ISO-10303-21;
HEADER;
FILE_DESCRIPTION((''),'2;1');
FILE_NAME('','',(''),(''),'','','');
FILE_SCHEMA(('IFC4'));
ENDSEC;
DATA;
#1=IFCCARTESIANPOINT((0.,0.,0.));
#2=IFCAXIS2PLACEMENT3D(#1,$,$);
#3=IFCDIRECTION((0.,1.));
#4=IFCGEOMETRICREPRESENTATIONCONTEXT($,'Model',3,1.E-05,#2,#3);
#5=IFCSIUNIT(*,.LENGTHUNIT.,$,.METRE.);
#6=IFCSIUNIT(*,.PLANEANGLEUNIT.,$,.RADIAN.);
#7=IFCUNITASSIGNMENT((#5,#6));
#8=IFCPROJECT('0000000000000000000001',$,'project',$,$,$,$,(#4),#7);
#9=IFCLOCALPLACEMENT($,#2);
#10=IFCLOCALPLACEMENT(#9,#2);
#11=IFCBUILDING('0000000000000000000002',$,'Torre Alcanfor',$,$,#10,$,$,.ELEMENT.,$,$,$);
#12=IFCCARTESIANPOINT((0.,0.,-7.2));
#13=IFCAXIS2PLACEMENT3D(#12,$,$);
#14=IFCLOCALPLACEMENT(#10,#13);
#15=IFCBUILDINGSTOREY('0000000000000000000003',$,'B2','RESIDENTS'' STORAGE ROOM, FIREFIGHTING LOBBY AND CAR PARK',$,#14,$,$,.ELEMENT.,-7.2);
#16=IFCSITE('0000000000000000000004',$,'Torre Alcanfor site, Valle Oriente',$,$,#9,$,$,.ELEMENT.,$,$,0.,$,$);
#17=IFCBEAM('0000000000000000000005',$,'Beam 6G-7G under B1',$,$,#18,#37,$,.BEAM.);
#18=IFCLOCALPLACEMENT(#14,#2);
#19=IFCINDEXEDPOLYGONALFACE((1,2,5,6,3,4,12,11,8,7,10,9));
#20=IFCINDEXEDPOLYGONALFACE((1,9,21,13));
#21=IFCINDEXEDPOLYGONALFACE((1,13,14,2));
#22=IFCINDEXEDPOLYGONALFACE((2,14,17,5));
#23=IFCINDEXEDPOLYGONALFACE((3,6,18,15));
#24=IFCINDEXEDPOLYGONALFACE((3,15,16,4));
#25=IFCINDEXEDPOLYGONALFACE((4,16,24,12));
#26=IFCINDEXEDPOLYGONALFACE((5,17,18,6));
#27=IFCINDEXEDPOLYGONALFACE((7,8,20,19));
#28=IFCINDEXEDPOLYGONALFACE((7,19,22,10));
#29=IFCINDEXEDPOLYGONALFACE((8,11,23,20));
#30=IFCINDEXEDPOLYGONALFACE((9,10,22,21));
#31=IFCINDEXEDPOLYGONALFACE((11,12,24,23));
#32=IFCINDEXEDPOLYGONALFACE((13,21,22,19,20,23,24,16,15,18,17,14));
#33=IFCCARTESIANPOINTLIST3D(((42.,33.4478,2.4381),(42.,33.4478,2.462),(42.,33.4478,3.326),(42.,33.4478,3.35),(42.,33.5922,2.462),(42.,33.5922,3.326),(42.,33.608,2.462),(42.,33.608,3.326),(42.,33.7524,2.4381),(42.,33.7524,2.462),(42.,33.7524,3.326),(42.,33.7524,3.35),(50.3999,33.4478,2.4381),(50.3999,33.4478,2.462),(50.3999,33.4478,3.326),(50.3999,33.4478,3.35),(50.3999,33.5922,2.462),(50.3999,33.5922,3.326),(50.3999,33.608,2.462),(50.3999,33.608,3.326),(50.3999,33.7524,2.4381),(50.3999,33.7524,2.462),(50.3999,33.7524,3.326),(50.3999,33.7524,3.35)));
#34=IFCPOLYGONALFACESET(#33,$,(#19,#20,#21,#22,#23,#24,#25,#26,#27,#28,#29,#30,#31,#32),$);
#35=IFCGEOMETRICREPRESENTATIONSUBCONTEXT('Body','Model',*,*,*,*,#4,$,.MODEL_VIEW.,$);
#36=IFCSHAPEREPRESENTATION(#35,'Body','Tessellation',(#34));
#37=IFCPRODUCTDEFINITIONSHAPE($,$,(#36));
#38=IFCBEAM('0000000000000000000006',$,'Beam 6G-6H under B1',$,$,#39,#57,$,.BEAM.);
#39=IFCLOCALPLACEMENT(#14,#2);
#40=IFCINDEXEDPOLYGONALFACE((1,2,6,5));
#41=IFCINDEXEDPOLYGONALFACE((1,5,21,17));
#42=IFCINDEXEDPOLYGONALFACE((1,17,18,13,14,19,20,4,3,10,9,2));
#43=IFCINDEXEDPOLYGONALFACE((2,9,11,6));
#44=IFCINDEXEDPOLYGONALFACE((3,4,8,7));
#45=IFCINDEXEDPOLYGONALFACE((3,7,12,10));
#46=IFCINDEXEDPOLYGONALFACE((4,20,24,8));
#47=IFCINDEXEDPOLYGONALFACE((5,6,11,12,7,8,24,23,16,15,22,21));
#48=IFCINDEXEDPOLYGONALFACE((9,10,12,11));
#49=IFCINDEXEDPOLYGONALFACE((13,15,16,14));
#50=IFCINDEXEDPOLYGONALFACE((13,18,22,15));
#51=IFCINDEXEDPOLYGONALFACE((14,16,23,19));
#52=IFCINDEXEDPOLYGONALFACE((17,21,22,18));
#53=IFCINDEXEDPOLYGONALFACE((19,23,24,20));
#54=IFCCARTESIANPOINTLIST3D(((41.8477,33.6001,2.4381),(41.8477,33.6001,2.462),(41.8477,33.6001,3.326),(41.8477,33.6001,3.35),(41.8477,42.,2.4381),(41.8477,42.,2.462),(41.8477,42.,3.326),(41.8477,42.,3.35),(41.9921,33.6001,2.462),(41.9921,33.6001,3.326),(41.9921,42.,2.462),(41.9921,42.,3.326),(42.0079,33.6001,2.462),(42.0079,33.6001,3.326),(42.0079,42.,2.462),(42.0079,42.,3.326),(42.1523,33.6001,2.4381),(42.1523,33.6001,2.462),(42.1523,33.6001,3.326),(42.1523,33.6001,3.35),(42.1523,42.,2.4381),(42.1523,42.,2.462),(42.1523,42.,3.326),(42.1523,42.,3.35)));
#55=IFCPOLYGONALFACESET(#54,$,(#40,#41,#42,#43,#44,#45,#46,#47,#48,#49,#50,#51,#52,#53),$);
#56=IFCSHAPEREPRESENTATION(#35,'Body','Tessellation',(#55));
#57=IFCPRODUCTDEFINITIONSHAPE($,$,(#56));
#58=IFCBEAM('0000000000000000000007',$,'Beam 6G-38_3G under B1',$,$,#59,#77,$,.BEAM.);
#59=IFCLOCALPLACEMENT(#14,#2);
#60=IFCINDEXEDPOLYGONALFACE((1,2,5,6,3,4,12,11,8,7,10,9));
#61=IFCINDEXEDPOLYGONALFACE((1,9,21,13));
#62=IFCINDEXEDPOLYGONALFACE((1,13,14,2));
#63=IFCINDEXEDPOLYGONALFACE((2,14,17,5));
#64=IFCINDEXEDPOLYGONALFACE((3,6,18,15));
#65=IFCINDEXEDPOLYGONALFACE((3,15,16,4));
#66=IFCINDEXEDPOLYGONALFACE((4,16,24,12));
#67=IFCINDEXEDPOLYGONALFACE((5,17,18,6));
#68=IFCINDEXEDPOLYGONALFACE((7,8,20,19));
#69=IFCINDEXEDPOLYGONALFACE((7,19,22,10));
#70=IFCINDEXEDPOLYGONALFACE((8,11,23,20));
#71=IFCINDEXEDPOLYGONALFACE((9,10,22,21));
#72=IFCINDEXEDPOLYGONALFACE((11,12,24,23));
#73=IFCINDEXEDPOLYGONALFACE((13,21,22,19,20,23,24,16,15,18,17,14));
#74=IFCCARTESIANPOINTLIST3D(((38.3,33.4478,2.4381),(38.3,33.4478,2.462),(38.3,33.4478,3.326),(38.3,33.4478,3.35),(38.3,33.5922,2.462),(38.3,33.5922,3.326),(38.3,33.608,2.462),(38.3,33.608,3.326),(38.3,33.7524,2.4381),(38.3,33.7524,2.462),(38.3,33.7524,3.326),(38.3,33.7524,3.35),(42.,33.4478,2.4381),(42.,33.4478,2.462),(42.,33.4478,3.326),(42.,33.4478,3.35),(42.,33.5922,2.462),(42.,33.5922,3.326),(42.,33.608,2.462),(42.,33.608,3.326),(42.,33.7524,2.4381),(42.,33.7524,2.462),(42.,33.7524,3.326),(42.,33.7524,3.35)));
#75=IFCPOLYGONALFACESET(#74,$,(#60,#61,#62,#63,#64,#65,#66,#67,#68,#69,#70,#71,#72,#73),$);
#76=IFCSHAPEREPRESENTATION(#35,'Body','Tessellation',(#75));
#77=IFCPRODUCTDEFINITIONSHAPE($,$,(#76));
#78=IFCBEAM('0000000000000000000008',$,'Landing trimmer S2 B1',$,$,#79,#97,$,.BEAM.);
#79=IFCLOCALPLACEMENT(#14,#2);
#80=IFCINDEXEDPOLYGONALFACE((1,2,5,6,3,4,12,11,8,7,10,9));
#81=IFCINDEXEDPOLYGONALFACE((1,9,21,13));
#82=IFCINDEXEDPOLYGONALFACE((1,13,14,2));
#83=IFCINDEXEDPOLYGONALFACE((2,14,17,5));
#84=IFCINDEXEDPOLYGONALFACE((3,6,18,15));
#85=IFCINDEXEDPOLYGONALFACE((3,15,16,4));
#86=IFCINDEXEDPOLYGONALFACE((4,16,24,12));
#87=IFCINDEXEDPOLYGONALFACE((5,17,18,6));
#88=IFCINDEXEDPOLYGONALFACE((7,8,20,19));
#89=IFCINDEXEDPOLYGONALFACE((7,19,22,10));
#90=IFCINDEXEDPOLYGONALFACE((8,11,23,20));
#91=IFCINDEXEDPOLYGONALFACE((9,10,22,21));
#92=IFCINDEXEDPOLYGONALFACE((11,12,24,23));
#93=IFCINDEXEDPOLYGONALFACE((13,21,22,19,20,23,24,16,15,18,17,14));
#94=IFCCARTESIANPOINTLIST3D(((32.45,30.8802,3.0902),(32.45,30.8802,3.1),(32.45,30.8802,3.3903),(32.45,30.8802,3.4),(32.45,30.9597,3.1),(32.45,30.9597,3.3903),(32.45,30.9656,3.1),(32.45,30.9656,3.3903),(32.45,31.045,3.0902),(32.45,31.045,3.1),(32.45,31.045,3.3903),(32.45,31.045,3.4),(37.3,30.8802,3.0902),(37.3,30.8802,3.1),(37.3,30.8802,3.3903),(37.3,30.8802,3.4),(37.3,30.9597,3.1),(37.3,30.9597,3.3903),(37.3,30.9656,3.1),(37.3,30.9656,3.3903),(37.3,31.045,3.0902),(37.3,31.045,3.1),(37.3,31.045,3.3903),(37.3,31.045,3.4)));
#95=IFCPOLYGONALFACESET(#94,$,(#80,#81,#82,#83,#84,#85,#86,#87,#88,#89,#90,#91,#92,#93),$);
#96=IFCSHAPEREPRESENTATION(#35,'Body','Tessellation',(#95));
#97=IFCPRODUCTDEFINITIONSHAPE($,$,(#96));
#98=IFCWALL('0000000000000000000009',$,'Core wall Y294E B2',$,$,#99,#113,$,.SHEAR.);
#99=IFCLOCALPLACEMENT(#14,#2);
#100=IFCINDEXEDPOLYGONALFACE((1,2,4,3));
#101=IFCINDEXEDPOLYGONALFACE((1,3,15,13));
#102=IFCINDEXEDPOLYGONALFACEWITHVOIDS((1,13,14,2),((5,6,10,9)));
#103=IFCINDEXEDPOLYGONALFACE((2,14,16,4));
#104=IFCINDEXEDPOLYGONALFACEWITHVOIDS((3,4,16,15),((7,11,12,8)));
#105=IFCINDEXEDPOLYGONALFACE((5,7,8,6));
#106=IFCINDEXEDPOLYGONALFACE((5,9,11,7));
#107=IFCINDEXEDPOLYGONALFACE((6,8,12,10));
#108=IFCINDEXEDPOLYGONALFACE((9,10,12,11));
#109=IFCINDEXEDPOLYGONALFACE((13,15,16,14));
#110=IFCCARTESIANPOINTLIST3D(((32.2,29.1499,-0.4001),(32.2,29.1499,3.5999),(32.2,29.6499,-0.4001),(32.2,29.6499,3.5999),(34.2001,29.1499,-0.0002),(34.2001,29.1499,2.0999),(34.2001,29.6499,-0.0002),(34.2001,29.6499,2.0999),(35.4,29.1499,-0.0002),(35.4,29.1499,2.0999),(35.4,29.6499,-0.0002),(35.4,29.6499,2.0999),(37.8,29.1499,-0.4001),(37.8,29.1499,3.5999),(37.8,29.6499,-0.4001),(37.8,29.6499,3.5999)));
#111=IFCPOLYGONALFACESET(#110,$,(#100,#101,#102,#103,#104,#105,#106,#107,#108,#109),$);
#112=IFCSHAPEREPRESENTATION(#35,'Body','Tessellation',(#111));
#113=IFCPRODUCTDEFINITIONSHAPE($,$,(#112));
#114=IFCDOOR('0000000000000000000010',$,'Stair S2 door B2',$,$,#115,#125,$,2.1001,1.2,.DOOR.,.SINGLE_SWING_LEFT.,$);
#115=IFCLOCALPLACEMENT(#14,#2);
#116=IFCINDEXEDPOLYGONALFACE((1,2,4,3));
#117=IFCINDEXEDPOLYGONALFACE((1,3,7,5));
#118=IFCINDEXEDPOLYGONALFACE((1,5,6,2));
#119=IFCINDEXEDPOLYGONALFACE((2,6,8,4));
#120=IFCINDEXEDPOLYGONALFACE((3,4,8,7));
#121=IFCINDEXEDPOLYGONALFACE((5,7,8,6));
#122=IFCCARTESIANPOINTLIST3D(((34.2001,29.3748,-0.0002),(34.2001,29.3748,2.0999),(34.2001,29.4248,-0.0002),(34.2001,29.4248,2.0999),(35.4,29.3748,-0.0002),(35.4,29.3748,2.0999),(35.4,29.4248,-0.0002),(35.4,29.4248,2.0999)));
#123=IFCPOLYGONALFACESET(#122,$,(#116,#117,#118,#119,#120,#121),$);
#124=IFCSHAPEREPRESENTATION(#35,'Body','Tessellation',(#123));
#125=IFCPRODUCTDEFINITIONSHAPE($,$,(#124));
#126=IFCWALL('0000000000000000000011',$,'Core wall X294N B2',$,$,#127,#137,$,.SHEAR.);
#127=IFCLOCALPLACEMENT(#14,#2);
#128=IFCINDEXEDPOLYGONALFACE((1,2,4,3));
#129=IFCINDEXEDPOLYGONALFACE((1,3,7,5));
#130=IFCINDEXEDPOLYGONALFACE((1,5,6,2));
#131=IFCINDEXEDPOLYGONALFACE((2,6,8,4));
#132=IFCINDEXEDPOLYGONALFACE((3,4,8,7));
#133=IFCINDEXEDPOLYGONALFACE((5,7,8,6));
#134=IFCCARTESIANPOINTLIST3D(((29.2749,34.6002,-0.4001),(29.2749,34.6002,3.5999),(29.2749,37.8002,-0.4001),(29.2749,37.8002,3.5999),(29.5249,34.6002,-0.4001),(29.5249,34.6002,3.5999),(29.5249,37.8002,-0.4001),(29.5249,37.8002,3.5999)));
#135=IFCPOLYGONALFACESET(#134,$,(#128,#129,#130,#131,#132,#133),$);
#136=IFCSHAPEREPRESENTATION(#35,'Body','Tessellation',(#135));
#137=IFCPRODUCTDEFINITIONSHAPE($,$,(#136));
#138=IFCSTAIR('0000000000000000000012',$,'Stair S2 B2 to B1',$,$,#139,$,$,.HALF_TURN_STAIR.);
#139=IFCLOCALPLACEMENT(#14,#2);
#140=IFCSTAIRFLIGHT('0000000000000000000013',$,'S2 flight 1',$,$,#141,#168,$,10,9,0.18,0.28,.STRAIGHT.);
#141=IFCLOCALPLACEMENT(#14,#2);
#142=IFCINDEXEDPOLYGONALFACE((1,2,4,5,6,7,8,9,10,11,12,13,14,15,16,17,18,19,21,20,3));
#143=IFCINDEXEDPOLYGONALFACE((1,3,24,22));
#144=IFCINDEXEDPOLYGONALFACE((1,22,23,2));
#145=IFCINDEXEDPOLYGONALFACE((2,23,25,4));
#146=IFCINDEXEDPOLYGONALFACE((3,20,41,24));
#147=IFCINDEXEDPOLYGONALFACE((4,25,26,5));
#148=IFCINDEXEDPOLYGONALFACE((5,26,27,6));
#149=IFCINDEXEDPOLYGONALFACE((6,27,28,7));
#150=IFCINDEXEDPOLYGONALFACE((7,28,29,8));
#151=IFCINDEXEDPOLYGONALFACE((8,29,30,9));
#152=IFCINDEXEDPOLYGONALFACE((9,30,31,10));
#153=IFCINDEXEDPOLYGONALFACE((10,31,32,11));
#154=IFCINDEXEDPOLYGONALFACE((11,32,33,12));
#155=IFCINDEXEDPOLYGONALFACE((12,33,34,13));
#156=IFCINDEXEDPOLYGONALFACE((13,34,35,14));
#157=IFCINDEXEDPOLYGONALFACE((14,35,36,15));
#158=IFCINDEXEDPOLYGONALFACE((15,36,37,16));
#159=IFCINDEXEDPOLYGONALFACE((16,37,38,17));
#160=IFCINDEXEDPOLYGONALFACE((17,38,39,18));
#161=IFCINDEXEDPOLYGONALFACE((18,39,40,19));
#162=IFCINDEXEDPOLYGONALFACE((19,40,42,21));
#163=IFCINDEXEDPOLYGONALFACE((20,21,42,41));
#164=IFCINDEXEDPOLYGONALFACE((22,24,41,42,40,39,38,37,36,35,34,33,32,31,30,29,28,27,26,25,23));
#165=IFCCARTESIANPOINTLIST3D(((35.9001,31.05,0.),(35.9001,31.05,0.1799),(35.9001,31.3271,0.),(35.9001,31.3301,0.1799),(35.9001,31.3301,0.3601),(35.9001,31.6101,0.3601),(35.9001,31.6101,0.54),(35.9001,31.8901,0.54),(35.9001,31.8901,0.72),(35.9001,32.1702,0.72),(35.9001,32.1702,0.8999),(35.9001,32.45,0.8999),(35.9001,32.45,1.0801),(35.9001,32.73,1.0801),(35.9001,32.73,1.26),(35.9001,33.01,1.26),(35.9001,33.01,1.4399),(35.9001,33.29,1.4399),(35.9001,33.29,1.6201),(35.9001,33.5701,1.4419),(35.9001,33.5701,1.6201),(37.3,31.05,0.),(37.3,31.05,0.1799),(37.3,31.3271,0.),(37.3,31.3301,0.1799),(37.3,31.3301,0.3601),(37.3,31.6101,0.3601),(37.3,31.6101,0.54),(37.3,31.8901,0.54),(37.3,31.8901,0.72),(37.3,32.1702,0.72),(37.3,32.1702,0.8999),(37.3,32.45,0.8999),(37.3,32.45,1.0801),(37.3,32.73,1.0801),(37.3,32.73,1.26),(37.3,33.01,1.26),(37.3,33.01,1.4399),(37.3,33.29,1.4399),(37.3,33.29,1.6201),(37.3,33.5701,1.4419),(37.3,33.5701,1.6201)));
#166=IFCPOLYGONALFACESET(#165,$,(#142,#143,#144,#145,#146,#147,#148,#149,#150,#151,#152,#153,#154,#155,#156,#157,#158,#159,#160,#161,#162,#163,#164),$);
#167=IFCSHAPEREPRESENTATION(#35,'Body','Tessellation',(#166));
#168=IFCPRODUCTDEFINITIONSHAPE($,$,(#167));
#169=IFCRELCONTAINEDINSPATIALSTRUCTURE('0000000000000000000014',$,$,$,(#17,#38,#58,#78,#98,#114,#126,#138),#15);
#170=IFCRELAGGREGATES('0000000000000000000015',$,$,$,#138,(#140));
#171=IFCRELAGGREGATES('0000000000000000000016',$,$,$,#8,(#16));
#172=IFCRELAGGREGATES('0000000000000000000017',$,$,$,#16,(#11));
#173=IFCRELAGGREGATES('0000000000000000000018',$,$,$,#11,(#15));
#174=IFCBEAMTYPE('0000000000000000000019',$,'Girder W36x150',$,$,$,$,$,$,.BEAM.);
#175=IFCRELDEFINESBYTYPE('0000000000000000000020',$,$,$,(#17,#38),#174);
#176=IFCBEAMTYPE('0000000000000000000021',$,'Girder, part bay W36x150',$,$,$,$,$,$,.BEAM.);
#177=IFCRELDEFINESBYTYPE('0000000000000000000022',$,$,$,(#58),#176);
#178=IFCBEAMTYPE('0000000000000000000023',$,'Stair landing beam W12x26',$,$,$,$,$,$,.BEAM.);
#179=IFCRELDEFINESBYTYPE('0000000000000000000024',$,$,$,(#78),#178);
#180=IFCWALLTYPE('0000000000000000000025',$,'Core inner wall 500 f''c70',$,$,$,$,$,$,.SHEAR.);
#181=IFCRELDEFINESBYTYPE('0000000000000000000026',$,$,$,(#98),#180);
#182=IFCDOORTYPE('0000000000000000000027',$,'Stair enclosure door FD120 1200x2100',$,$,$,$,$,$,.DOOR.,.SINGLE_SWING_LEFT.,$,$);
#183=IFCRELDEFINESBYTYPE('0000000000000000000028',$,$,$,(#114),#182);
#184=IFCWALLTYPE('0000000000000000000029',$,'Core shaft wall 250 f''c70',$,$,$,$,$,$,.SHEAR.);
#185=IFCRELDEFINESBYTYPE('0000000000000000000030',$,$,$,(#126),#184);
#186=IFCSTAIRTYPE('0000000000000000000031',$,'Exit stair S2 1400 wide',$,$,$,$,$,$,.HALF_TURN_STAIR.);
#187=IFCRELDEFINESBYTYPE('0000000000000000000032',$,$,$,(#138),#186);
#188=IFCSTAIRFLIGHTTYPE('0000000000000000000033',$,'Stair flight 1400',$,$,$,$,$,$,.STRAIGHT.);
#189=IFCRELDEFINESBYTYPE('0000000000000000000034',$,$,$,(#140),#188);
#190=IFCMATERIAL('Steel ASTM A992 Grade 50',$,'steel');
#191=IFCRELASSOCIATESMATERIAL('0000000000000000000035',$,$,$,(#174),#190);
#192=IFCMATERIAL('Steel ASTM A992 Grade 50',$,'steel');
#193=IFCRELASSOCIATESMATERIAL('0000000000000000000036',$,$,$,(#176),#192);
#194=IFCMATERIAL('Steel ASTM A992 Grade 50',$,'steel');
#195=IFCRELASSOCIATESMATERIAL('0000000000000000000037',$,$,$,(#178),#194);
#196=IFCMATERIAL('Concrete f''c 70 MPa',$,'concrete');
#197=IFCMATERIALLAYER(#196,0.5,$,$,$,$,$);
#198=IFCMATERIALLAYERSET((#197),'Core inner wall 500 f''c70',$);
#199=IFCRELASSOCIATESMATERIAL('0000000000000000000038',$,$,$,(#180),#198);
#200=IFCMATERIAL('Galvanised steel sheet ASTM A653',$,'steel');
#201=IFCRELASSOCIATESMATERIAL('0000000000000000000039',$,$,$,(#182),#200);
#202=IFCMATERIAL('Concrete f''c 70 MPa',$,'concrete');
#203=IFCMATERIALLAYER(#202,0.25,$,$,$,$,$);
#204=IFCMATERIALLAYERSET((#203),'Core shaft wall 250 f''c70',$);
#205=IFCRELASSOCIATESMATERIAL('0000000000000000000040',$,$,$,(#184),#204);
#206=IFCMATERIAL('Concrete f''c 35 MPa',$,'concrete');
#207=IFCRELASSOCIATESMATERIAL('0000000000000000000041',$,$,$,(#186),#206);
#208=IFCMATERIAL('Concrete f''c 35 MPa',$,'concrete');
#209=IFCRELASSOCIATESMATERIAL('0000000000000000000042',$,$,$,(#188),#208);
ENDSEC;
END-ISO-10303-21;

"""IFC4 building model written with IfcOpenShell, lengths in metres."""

from ifc_helpers import new_model, si_unit, direction, frame, frame_2d, origin, origin_2d, place, context, subcontext, project, spatial, polyline, rectangle, i_section, outline, extrude, material, layer, layer_set, material_profile, profile_set, type_object, element, fill, aggregate, save


model = new_model("IFC4")

# Units and contexts
model_context = context("Model", 3, precision=1e-05, world=origin(), true_north=direction((0.0, 1.0)))
body_context = subcontext(model_context, "Body", "Model", "MODEL_VIEW")
ifc_project = project(units=[si_unit("LENGTHUNIT", "METRE"), si_unit("PLANEANGLEUNIT", "RADIAN")], contexts=[model_context])

# Site, building, storey
site_placement = place(None, origin())
site = spatial("IfcSite", under=ifc_project, at=site_placement, Name="Torre Alcanfor site, Valle Oriente", CompositionType="ELEMENT", RefElevation=0.0)
building_placement = place(site_placement, origin())
building = spatial("IfcBuilding", under=site, at=building_placement, Name="Torre Alcanfor", CompositionType="ELEMENT")
storey_placement = place(building_placement, frame((0.0, 0.0, -7.2)))
storey = spatial("IfcBuildingStorey", under=building, at=storey_placement, Name="B2", Description="RESIDENTS' STORAGE ROOM, FIREFIGHTING LOBBY AND CAR PARK", CompositionType="ELEMENT", Elevation=-7.2)

# Beams
ifc_material_1 = material(Name="Steel ASTM A992 Grade 50", Category="steel")
ifc_material_profile_1 = material_profile(ifc_material_1, i_section(OverallWidth=0.3047, OverallDepth=0.9119, WebThickness=0.0159, FlangeThickness=0.0239, at=origin_2d()), Name="W36x150")
ifc_profile_set_1 = profile_set([ifc_material_profile_1], Name="Steel ASTM A992 Grade 50")
beam_type_1 = type_object("IfcBeamType", Name="Girder W36x150", PredefinedType="BEAM", material=ifc_profile_set_1)
for number, where, z_axis, x_axis, name in (
    (1, (42.0, 33.6001, 2.894), (1.0, 0.0, 0.0), (0.0, 1.0, 0.0), "Beam 6G-7G under B1"),
    (2, (42.0, 33.6001, 2.894), (0.0, 1.0, 0.0), (-1.0, 0.0, 0.0), "Beam 6G-6H under B1"),
):
    element("IfcBeam", number, at=place(storey_placement, frame(where, z_axis=z_axis, x_axis=x_axis)), inside=storey, type_object=beam_type_1, Name=name, PredefinedType="BEAM", context=body_context, shape_type="SweptSolid", body=[
        extrude(i_section(OverallWidth=0.3047, OverallDepth=0.9119, WebThickness=0.0159, FlangeThickness=0.0239, at=origin_2d()), origin(), (0.0, 0.0, 1.0), 8.3999),
    ])
ifc_material_2 = material(Name="Steel ASTM A992 Grade 50", Category="steel")
ifc_material_profile_2 = material_profile(ifc_material_2, i_section(OverallWidth=0.3047, OverallDepth=0.9119, WebThickness=0.0159, FlangeThickness=0.0239, at=origin_2d()), Name="W36x150")
ifc_profile_set_2 = profile_set([ifc_material_profile_2], Name="Steel ASTM A992 Grade 50")
beam_type_2 = type_object("IfcBeamType", Name="Girder, part bay W36x150", PredefinedType="BEAM", material=ifc_profile_set_2)
beam_1_placement = place(storey_placement, frame((42.0, 33.6001, 2.894), z_axis=(-1.0, 0.0, 0.0), x_axis=(0.0, -1.0, 0.0)))
element("IfcBeam", 3, at=beam_1_placement, inside=storey, type_object=beam_type_2, Name="Beam 6G-38_3G under B1", PredefinedType="BEAM", context=body_context, shape_type="SweptSolid", body=[
    extrude(i_section(OverallWidth=0.3047, OverallDepth=0.9119, WebThickness=0.0159, FlangeThickness=0.0239, at=origin_2d()), origin(), (0.0, 0.0, 1.0), 3.7),
])
ifc_material_3 = material(Name="Steel ASTM A992 Grade 50", Category="steel")
ifc_material_profile_3 = material_profile(ifc_material_3, i_section(OverallWidth=0.1648, OverallDepth=0.3098, WebThickness=0.0059, FlangeThickness=0.0098, at=origin_2d()), Name="W12x26")
ifc_profile_set_3 = profile_set([ifc_material_profile_3], Name="Steel ASTM A992 Grade 50")
beam_type_3 = type_object("IfcBeamType", Name="Stair landing beam W12x26", PredefinedType="BEAM", material=ifc_profile_set_3)
beam_2_placement = place(storey_placement, frame((32.45, 30.9626, 3.2451), z_axis=(1.0, 0.0, 0.0), x_axis=(0.0, 1.0, 0.0)))
element("IfcBeam", 4, at=beam_2_placement, inside=storey, type_object=beam_type_3, Name="Landing trimmer S2 B1", PredefinedType="BEAM", context=body_context, shape_type="SweptSolid", body=[
    extrude(i_section(OverallWidth=0.1648, OverallDepth=0.3098, WebThickness=0.0059, FlangeThickness=0.0098, at=origin_2d()), origin(), (0.0, 0.0, 1.0), 4.8501),
])

# Wall, opening, door
ifc_material_4 = material(Name="Concrete f'c 70 MPa", Category="concrete")
ifc_layer_1 = layer(ifc_material_4, 0.5)
ifc_layer_set_1 = layer_set([ifc_layer_1], Name="Core inner wall 500 f'c70")
wall_type_1 = type_object("IfcWallType", Name="Core inner wall 500 f'c70", PredefinedType="SHEAR", material=ifc_layer_set_1)
wall_1_placement = place(storey_placement, frame((32.2, 29.3999, -0.4001), z_axis=(0.0, 0.0, 1.0), x_axis=(1.0, 0.0, 0.0)))
wall_1 = element("IfcWall", 5, at=wall_1_placement, inside=storey, type_object=wall_type_1, Name="Core wall Y294E B2", PredefinedType="SHEAR", context=body_context, shape_type="SweptSolid", body=[
    extrude(rectangle(XDim=5.6001, YDim=0.5, at=frame_2d((2.8, 0.0))), origin(), (0.0, 0.0, 1.0), 4.0),
])
opening_placement = place(wall_1_placement, frame((2.0, 0.0, 0.3999)))
opening = element("IfcOpeningElement", 6, at=opening_placement, cuts=wall_1, PredefinedType="OPENING", context=body_context, shape_type="SweptSolid", body=[
    extrude(rectangle(XDim=1.2, YDim=2.1001, at=frame_2d((0.6001, 1.05))), frame((0.0, 0.26, 0.0), z_axis=(0.0, -1.0, 0.0), x_axis=(1.0, 0.0, 0.0)), (0.0, 0.0, 1.0), 0.52),
])
ifc_material_5 = material(Name="Galvanised steel sheet ASTM A653", Category="steel")
door_type = type_object("IfcDoorType", Name="Stair enclosure door FD120 1200x2100", OperationType="SINGLE_SWING_LEFT", PredefinedType="DOOR", material=ifc_material_5)
door_placement = place(opening_placement, origin())
door = element("IfcDoor", 7, at=door_placement, inside=storey, type_object=door_type, Name="Stair S2 door B2", OperationType="SINGLE_SWING_LEFT", OverallHeight=2.1001, OverallWidth=1.2, PredefinedType="DOOR", context=body_context, shape_type="SweptSolid", body=[
    extrude(rectangle(XDim=1.2, YDim=2.1001, at=frame_2d((0.6001, 1.05))), frame((0.0, 0.0249, 0.0), z_axis=(0.0, -1.0, 0.0), x_axis=(1.0, 0.0, 0.0)), (0.0, 0.0, 1.0), 0.05),
])
fill(opening, door)

# Wall
ifc_material_6 = material(Name="Concrete f'c 70 MPa", Category="concrete")
ifc_layer_2 = layer(ifc_material_6, 0.25)
ifc_layer_set_2 = layer_set([ifc_layer_2], Name="Core shaft wall 250 f'c70")
wall_type_2 = type_object("IfcWallType", Name="Core shaft wall 250 f'c70", PredefinedType="SHEAR", material=ifc_layer_set_2)
wall_2_placement = place(storey_placement, frame((29.3999, 34.6001, -0.4001), z_axis=(0.0, 0.0, 1.0), x_axis=(0.0, 1.0, 0.0)))
element("IfcWall", 8, at=wall_2_placement, inside=storey, type_object=wall_type_2, Name="Core wall X294N B2", PredefinedType="SHEAR", context=body_context, shape_type="SweptSolid", body=[
    extrude(rectangle(XDim=3.2, YDim=0.25, at=frame_2d((1.6001, 0.0))), origin(), (0.0, 0.0, 1.0), 4.0),
])

# Stair, stair flight
ifc_material_7 = material(Name="Concrete f'c 35 MPa", Category="concrete")
stair_type = type_object("IfcStairType", Name="Exit stair S2 1400 wide", PredefinedType="HALF_TURN_STAIR", material=ifc_material_7)
stair_placement = place(storey_placement, origin())
stair = element("IfcStair", 9, at=stair_placement, inside=storey, type_object=stair_type, Name="Stair S2 B2 to B1", PredefinedType="HALF_TURN_STAIR")
ifc_material_8 = material(Name="Concrete f'c 35 MPa", Category="concrete")
stair_flight_type = type_object("IfcStairFlightType", Name="Stair flight 1400", PredefinedType="STRAIGHT", material=ifc_material_8)
stair_flight_1_placement = place(storey_placement, frame((36.6001, 31.05, 0.0), z_axis=(0.0, 0.0, 1.0), x_axis=(0.0, 1.0, 0.0)))
stair_flight_1 = element("IfcStairFlight", 10, at=stair_flight_1_placement, type_object=stair_flight_type, Name="S2 flight 1", NumberOfRisers=10, NumberOfTreads=9, PredefinedType="STRAIGHT", RiserHeight=0.18, TreadLength=0.28, context=body_context, shape_type="SweptSolid", body=[
    extrude(outline(polyline([(0.0, 0.0), (0.0, 0.1799), (0.28, 0.1799), (0.28, 0.3601), (0.5601, 0.3601), (0.5601, 0.54), (0.8401, 0.54), (0.8401, 0.72), (1.1201, 0.72), (1.1201, 0.8999), (1.3999, 0.8999), (1.3999, 1.0801), (1.6799, 1.0801), (1.6799, 1.26), (1.96, 1.26), (1.96, 1.4399), (2.24, 1.4399), (2.24, 1.6201), (2.52, 1.6201), (2.52, 1.8), (2.52, 1.4419), (0.2771, 0.0), (0.0, 0.0)])), frame((0.0, 0.7, 0.0), z_axis=(0.0, -1.0, 0.0), x_axis=(1.0, 0.0, 0.0)), (0.0, 0.0, 1.0), 1.3999),
])
aggregate(stair, [stair_flight_1])

save(model, "model.ifc")
